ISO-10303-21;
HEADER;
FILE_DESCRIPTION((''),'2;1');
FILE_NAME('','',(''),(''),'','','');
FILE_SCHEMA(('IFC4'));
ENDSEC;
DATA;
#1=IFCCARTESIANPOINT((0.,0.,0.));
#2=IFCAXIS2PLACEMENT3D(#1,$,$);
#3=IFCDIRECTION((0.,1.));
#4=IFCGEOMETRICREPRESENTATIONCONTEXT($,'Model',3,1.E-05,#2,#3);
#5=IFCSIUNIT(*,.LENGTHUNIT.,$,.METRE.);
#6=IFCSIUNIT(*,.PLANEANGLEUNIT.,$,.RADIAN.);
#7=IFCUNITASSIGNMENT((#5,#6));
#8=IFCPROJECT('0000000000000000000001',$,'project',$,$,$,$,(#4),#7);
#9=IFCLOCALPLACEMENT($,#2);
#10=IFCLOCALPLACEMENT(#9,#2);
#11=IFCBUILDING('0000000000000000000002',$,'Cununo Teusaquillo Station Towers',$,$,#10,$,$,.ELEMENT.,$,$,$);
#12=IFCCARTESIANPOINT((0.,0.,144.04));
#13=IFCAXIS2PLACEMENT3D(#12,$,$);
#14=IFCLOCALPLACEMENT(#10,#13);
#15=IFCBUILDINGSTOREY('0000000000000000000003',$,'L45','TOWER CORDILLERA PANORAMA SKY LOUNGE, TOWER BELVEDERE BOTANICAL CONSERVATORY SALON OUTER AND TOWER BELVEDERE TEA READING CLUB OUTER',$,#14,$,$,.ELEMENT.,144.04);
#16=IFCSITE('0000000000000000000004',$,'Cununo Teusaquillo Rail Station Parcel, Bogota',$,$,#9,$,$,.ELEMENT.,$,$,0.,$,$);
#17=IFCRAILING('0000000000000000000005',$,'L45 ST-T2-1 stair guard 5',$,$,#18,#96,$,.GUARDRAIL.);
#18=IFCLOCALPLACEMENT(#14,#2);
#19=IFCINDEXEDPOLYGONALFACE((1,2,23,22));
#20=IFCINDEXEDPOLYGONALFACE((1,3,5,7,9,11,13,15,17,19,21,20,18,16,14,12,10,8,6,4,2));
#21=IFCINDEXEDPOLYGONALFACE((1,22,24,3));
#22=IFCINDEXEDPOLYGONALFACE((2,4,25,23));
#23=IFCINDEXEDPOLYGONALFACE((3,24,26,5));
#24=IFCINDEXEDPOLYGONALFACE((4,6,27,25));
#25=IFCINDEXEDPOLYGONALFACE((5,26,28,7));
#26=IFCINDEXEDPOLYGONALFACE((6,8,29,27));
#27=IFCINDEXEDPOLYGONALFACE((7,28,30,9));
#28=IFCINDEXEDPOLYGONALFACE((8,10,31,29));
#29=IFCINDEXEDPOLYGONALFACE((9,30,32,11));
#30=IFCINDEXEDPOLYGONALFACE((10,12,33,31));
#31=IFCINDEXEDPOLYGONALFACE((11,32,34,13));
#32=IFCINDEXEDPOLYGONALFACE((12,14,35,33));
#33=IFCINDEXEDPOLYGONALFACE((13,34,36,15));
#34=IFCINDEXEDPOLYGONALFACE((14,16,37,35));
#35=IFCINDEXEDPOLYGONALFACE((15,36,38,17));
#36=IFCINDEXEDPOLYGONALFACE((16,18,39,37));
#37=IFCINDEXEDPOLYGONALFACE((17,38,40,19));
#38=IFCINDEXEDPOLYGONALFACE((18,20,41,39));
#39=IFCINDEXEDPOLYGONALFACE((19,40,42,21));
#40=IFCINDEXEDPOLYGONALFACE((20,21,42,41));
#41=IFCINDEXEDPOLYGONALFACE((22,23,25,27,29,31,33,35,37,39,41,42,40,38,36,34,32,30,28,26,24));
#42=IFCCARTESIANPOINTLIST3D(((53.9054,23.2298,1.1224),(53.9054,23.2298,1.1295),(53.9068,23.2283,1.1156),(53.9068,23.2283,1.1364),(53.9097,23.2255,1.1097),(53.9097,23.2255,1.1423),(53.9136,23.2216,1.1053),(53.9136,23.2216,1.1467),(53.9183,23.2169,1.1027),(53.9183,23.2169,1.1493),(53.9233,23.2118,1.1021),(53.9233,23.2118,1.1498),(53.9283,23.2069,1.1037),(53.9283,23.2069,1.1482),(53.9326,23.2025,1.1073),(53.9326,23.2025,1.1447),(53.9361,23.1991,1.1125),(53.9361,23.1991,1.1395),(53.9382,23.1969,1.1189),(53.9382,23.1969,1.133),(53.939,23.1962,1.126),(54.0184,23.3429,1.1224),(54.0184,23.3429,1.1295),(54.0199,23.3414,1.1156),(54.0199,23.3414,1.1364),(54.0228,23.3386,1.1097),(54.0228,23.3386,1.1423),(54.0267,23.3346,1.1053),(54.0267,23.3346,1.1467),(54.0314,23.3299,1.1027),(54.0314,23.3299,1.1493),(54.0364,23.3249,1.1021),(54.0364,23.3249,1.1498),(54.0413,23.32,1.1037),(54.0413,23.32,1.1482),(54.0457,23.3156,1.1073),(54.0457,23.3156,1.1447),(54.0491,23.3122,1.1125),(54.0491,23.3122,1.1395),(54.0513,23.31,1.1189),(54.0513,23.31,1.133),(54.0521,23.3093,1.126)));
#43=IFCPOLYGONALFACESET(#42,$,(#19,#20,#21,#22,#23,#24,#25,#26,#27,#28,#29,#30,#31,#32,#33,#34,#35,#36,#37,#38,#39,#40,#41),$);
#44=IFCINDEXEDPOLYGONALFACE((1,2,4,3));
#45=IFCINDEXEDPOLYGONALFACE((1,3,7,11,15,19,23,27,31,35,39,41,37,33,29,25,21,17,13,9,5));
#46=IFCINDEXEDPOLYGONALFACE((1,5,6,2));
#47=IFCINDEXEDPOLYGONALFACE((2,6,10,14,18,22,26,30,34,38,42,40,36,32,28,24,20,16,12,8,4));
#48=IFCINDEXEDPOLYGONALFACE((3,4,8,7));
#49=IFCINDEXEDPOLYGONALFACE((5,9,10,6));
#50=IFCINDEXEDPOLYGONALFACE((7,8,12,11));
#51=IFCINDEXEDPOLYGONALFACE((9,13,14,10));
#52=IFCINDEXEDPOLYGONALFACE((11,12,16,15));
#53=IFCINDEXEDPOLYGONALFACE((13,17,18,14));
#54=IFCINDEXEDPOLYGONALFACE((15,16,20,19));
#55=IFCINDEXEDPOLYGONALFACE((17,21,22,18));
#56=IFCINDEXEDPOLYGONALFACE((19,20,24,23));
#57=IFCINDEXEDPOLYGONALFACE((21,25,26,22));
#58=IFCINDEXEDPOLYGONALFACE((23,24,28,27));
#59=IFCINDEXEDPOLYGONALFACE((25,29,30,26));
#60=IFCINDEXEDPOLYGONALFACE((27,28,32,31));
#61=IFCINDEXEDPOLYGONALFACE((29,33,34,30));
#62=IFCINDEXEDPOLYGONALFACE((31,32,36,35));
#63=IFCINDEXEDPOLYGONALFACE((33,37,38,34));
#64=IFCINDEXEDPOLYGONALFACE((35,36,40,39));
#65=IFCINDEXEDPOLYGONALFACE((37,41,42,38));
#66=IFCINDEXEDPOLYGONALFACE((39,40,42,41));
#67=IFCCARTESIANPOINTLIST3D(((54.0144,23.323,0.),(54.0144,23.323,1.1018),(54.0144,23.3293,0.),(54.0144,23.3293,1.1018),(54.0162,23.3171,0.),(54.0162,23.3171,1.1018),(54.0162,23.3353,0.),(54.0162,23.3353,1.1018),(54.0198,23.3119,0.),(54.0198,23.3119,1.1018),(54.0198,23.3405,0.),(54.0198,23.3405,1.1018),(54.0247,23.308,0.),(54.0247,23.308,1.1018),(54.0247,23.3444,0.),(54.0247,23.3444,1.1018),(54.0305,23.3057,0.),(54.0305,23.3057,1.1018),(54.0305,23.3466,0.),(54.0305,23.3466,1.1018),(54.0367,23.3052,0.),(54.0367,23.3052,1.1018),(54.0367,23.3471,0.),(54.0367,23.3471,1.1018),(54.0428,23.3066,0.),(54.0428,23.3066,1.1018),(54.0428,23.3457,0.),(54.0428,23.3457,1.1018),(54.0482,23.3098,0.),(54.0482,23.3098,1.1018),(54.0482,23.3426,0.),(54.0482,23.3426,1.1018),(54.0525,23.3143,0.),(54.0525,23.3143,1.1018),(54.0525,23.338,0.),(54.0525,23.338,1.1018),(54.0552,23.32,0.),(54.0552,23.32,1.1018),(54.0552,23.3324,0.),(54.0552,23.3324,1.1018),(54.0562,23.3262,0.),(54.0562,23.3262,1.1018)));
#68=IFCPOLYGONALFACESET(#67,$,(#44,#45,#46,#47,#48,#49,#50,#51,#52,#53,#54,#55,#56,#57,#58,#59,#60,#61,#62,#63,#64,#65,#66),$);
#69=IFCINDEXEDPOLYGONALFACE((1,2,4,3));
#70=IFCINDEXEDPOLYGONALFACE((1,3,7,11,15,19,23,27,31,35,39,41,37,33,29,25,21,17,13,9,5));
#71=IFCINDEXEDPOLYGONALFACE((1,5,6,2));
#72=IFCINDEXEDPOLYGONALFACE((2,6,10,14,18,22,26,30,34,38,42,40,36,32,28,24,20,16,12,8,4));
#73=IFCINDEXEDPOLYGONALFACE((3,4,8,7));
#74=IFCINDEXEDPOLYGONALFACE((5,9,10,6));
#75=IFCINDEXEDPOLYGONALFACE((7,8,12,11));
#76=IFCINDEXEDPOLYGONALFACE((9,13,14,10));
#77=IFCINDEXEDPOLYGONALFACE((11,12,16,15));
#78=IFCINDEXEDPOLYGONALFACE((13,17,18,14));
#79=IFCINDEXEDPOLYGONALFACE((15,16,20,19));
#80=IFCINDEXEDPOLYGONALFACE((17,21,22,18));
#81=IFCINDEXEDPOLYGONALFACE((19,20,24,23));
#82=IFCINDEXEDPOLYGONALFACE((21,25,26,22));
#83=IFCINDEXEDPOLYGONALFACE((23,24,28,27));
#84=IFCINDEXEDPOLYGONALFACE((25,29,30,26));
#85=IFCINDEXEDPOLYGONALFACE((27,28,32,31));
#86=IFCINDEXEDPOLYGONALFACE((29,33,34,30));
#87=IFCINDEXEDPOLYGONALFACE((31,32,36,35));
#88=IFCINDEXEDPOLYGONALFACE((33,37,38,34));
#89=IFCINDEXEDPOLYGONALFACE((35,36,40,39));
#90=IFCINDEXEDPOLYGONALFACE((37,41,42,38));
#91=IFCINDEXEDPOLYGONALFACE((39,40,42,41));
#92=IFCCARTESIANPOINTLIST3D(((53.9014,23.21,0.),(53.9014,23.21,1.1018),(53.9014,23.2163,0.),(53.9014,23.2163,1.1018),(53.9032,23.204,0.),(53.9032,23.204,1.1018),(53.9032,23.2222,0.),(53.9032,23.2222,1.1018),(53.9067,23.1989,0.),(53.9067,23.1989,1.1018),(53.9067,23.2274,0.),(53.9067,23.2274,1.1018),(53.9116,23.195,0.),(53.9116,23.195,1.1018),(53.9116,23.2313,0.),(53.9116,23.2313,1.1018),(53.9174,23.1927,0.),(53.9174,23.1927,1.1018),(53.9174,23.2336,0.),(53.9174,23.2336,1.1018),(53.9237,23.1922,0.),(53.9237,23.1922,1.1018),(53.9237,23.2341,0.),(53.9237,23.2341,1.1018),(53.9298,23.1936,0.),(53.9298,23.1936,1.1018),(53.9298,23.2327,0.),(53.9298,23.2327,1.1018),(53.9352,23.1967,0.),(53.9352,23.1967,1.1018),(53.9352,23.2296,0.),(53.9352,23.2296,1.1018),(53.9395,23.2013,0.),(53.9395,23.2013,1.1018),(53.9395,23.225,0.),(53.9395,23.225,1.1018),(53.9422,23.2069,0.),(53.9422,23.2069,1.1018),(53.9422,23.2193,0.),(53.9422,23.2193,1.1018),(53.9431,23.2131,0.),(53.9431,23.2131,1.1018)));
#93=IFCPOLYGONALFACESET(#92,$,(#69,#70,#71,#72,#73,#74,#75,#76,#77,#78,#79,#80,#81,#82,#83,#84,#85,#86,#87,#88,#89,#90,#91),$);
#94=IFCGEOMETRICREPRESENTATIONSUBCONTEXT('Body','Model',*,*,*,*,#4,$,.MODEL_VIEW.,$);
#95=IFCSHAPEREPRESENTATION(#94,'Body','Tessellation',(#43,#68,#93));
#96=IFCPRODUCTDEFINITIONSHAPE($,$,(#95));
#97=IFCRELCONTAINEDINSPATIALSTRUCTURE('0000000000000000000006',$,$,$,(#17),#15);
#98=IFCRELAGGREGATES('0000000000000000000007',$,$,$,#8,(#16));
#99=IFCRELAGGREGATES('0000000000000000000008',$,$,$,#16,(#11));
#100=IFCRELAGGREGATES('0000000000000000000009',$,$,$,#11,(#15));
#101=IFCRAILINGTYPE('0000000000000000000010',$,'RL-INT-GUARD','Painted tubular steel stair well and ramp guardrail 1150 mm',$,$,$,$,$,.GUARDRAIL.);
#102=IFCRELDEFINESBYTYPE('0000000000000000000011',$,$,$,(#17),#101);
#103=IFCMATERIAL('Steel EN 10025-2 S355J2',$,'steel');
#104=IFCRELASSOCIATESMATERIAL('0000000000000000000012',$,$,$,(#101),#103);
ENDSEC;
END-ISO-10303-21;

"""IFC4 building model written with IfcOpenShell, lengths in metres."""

from ifc_helpers import new_model, si_unit, direction, frame, origin, origin_2d, place, context, subcontext, project, spatial, circle, extrude, material, type_object, element, save


model = new_model("IFC4")

# Units and contexts
model_context = context("Model", 3, precision=1e-05, world=origin(), true_north=direction((0.0, 1.0)))
body_context = subcontext(model_context, "Body", "Model", "MODEL_VIEW")
ifc_project = project(units=[si_unit("LENGTHUNIT", "METRE"), si_unit("PLANEANGLEUNIT", "RADIAN")], contexts=[model_context])

# Site, building, storey
site_placement = place(None, origin())
site = spatial("IfcSite", under=ifc_project, at=site_placement, Name="Cununo Teusaquillo Rail Station Parcel, Bogota", CompositionType="ELEMENT", RefElevation=0.0)
building_placement = place(site_placement, origin())
building = spatial("IfcBuilding", under=site, at=building_placement, Name="Cununo Teusaquillo Station Towers", CompositionType="ELEMENT")
storey_placement = place(building_placement, frame((0.0, 0.0, 144.04)))
storey = spatial("IfcBuildingStorey", under=building, at=storey_placement, Name="L45", Description="TOWER CORDILLERA PANORAMA SKY LOUNGE, TOWER BELVEDERE BOTANICAL CONSERVATORY SALON OUTER AND TOWER BELVEDERE TEA READING CLUB OUTER", CompositionType="ELEMENT", Elevation=144.04)

# Railing
ifc_material_1 = material(Name="Steel EN 10025-2 S355J2", Category="steel")
railing_type_1 = type_object("IfcRailingType", Name="RL-INT-GUARD", Description="Painted tubular steel stair well and ramp guardrail 1150 mm", PredefinedType="GUARDRAIL", material=ifc_material_1)
railing_1_placement = place(storey_placement, frame((54.0352, 23.3262, 0.0)))
element("IfcRailing", 1, at=railing_1_placement, inside=storey, type_object=railing_type_1, Name="L45 ST-T2-1 stair guard 5", PredefinedType="GUARDRAIL", context=body_context, shape_type="SweptSolid", body=[
    extrude(circle(Radius=0.0239, at=origin_2d()), frame((0.0, 0.0, 1.126), z_axis=(-0.707107, -0.707107, 0.0), x_axis=(0.707107, -0.707107, 0.0)), (0.0, 0.0, 1.0), 0.1599),
    extrude(circle(Radius=0.021, at=origin_2d()), origin(), (0.0, 0.0, 1.0), 1.1018),
    extrude(circle(Radius=0.021, at=origin_2d()), frame((-0.113, -0.113, 0.0)), (0.0, 0.0, 1.0), 1.1018),
])

save(model, "model.ifc")
